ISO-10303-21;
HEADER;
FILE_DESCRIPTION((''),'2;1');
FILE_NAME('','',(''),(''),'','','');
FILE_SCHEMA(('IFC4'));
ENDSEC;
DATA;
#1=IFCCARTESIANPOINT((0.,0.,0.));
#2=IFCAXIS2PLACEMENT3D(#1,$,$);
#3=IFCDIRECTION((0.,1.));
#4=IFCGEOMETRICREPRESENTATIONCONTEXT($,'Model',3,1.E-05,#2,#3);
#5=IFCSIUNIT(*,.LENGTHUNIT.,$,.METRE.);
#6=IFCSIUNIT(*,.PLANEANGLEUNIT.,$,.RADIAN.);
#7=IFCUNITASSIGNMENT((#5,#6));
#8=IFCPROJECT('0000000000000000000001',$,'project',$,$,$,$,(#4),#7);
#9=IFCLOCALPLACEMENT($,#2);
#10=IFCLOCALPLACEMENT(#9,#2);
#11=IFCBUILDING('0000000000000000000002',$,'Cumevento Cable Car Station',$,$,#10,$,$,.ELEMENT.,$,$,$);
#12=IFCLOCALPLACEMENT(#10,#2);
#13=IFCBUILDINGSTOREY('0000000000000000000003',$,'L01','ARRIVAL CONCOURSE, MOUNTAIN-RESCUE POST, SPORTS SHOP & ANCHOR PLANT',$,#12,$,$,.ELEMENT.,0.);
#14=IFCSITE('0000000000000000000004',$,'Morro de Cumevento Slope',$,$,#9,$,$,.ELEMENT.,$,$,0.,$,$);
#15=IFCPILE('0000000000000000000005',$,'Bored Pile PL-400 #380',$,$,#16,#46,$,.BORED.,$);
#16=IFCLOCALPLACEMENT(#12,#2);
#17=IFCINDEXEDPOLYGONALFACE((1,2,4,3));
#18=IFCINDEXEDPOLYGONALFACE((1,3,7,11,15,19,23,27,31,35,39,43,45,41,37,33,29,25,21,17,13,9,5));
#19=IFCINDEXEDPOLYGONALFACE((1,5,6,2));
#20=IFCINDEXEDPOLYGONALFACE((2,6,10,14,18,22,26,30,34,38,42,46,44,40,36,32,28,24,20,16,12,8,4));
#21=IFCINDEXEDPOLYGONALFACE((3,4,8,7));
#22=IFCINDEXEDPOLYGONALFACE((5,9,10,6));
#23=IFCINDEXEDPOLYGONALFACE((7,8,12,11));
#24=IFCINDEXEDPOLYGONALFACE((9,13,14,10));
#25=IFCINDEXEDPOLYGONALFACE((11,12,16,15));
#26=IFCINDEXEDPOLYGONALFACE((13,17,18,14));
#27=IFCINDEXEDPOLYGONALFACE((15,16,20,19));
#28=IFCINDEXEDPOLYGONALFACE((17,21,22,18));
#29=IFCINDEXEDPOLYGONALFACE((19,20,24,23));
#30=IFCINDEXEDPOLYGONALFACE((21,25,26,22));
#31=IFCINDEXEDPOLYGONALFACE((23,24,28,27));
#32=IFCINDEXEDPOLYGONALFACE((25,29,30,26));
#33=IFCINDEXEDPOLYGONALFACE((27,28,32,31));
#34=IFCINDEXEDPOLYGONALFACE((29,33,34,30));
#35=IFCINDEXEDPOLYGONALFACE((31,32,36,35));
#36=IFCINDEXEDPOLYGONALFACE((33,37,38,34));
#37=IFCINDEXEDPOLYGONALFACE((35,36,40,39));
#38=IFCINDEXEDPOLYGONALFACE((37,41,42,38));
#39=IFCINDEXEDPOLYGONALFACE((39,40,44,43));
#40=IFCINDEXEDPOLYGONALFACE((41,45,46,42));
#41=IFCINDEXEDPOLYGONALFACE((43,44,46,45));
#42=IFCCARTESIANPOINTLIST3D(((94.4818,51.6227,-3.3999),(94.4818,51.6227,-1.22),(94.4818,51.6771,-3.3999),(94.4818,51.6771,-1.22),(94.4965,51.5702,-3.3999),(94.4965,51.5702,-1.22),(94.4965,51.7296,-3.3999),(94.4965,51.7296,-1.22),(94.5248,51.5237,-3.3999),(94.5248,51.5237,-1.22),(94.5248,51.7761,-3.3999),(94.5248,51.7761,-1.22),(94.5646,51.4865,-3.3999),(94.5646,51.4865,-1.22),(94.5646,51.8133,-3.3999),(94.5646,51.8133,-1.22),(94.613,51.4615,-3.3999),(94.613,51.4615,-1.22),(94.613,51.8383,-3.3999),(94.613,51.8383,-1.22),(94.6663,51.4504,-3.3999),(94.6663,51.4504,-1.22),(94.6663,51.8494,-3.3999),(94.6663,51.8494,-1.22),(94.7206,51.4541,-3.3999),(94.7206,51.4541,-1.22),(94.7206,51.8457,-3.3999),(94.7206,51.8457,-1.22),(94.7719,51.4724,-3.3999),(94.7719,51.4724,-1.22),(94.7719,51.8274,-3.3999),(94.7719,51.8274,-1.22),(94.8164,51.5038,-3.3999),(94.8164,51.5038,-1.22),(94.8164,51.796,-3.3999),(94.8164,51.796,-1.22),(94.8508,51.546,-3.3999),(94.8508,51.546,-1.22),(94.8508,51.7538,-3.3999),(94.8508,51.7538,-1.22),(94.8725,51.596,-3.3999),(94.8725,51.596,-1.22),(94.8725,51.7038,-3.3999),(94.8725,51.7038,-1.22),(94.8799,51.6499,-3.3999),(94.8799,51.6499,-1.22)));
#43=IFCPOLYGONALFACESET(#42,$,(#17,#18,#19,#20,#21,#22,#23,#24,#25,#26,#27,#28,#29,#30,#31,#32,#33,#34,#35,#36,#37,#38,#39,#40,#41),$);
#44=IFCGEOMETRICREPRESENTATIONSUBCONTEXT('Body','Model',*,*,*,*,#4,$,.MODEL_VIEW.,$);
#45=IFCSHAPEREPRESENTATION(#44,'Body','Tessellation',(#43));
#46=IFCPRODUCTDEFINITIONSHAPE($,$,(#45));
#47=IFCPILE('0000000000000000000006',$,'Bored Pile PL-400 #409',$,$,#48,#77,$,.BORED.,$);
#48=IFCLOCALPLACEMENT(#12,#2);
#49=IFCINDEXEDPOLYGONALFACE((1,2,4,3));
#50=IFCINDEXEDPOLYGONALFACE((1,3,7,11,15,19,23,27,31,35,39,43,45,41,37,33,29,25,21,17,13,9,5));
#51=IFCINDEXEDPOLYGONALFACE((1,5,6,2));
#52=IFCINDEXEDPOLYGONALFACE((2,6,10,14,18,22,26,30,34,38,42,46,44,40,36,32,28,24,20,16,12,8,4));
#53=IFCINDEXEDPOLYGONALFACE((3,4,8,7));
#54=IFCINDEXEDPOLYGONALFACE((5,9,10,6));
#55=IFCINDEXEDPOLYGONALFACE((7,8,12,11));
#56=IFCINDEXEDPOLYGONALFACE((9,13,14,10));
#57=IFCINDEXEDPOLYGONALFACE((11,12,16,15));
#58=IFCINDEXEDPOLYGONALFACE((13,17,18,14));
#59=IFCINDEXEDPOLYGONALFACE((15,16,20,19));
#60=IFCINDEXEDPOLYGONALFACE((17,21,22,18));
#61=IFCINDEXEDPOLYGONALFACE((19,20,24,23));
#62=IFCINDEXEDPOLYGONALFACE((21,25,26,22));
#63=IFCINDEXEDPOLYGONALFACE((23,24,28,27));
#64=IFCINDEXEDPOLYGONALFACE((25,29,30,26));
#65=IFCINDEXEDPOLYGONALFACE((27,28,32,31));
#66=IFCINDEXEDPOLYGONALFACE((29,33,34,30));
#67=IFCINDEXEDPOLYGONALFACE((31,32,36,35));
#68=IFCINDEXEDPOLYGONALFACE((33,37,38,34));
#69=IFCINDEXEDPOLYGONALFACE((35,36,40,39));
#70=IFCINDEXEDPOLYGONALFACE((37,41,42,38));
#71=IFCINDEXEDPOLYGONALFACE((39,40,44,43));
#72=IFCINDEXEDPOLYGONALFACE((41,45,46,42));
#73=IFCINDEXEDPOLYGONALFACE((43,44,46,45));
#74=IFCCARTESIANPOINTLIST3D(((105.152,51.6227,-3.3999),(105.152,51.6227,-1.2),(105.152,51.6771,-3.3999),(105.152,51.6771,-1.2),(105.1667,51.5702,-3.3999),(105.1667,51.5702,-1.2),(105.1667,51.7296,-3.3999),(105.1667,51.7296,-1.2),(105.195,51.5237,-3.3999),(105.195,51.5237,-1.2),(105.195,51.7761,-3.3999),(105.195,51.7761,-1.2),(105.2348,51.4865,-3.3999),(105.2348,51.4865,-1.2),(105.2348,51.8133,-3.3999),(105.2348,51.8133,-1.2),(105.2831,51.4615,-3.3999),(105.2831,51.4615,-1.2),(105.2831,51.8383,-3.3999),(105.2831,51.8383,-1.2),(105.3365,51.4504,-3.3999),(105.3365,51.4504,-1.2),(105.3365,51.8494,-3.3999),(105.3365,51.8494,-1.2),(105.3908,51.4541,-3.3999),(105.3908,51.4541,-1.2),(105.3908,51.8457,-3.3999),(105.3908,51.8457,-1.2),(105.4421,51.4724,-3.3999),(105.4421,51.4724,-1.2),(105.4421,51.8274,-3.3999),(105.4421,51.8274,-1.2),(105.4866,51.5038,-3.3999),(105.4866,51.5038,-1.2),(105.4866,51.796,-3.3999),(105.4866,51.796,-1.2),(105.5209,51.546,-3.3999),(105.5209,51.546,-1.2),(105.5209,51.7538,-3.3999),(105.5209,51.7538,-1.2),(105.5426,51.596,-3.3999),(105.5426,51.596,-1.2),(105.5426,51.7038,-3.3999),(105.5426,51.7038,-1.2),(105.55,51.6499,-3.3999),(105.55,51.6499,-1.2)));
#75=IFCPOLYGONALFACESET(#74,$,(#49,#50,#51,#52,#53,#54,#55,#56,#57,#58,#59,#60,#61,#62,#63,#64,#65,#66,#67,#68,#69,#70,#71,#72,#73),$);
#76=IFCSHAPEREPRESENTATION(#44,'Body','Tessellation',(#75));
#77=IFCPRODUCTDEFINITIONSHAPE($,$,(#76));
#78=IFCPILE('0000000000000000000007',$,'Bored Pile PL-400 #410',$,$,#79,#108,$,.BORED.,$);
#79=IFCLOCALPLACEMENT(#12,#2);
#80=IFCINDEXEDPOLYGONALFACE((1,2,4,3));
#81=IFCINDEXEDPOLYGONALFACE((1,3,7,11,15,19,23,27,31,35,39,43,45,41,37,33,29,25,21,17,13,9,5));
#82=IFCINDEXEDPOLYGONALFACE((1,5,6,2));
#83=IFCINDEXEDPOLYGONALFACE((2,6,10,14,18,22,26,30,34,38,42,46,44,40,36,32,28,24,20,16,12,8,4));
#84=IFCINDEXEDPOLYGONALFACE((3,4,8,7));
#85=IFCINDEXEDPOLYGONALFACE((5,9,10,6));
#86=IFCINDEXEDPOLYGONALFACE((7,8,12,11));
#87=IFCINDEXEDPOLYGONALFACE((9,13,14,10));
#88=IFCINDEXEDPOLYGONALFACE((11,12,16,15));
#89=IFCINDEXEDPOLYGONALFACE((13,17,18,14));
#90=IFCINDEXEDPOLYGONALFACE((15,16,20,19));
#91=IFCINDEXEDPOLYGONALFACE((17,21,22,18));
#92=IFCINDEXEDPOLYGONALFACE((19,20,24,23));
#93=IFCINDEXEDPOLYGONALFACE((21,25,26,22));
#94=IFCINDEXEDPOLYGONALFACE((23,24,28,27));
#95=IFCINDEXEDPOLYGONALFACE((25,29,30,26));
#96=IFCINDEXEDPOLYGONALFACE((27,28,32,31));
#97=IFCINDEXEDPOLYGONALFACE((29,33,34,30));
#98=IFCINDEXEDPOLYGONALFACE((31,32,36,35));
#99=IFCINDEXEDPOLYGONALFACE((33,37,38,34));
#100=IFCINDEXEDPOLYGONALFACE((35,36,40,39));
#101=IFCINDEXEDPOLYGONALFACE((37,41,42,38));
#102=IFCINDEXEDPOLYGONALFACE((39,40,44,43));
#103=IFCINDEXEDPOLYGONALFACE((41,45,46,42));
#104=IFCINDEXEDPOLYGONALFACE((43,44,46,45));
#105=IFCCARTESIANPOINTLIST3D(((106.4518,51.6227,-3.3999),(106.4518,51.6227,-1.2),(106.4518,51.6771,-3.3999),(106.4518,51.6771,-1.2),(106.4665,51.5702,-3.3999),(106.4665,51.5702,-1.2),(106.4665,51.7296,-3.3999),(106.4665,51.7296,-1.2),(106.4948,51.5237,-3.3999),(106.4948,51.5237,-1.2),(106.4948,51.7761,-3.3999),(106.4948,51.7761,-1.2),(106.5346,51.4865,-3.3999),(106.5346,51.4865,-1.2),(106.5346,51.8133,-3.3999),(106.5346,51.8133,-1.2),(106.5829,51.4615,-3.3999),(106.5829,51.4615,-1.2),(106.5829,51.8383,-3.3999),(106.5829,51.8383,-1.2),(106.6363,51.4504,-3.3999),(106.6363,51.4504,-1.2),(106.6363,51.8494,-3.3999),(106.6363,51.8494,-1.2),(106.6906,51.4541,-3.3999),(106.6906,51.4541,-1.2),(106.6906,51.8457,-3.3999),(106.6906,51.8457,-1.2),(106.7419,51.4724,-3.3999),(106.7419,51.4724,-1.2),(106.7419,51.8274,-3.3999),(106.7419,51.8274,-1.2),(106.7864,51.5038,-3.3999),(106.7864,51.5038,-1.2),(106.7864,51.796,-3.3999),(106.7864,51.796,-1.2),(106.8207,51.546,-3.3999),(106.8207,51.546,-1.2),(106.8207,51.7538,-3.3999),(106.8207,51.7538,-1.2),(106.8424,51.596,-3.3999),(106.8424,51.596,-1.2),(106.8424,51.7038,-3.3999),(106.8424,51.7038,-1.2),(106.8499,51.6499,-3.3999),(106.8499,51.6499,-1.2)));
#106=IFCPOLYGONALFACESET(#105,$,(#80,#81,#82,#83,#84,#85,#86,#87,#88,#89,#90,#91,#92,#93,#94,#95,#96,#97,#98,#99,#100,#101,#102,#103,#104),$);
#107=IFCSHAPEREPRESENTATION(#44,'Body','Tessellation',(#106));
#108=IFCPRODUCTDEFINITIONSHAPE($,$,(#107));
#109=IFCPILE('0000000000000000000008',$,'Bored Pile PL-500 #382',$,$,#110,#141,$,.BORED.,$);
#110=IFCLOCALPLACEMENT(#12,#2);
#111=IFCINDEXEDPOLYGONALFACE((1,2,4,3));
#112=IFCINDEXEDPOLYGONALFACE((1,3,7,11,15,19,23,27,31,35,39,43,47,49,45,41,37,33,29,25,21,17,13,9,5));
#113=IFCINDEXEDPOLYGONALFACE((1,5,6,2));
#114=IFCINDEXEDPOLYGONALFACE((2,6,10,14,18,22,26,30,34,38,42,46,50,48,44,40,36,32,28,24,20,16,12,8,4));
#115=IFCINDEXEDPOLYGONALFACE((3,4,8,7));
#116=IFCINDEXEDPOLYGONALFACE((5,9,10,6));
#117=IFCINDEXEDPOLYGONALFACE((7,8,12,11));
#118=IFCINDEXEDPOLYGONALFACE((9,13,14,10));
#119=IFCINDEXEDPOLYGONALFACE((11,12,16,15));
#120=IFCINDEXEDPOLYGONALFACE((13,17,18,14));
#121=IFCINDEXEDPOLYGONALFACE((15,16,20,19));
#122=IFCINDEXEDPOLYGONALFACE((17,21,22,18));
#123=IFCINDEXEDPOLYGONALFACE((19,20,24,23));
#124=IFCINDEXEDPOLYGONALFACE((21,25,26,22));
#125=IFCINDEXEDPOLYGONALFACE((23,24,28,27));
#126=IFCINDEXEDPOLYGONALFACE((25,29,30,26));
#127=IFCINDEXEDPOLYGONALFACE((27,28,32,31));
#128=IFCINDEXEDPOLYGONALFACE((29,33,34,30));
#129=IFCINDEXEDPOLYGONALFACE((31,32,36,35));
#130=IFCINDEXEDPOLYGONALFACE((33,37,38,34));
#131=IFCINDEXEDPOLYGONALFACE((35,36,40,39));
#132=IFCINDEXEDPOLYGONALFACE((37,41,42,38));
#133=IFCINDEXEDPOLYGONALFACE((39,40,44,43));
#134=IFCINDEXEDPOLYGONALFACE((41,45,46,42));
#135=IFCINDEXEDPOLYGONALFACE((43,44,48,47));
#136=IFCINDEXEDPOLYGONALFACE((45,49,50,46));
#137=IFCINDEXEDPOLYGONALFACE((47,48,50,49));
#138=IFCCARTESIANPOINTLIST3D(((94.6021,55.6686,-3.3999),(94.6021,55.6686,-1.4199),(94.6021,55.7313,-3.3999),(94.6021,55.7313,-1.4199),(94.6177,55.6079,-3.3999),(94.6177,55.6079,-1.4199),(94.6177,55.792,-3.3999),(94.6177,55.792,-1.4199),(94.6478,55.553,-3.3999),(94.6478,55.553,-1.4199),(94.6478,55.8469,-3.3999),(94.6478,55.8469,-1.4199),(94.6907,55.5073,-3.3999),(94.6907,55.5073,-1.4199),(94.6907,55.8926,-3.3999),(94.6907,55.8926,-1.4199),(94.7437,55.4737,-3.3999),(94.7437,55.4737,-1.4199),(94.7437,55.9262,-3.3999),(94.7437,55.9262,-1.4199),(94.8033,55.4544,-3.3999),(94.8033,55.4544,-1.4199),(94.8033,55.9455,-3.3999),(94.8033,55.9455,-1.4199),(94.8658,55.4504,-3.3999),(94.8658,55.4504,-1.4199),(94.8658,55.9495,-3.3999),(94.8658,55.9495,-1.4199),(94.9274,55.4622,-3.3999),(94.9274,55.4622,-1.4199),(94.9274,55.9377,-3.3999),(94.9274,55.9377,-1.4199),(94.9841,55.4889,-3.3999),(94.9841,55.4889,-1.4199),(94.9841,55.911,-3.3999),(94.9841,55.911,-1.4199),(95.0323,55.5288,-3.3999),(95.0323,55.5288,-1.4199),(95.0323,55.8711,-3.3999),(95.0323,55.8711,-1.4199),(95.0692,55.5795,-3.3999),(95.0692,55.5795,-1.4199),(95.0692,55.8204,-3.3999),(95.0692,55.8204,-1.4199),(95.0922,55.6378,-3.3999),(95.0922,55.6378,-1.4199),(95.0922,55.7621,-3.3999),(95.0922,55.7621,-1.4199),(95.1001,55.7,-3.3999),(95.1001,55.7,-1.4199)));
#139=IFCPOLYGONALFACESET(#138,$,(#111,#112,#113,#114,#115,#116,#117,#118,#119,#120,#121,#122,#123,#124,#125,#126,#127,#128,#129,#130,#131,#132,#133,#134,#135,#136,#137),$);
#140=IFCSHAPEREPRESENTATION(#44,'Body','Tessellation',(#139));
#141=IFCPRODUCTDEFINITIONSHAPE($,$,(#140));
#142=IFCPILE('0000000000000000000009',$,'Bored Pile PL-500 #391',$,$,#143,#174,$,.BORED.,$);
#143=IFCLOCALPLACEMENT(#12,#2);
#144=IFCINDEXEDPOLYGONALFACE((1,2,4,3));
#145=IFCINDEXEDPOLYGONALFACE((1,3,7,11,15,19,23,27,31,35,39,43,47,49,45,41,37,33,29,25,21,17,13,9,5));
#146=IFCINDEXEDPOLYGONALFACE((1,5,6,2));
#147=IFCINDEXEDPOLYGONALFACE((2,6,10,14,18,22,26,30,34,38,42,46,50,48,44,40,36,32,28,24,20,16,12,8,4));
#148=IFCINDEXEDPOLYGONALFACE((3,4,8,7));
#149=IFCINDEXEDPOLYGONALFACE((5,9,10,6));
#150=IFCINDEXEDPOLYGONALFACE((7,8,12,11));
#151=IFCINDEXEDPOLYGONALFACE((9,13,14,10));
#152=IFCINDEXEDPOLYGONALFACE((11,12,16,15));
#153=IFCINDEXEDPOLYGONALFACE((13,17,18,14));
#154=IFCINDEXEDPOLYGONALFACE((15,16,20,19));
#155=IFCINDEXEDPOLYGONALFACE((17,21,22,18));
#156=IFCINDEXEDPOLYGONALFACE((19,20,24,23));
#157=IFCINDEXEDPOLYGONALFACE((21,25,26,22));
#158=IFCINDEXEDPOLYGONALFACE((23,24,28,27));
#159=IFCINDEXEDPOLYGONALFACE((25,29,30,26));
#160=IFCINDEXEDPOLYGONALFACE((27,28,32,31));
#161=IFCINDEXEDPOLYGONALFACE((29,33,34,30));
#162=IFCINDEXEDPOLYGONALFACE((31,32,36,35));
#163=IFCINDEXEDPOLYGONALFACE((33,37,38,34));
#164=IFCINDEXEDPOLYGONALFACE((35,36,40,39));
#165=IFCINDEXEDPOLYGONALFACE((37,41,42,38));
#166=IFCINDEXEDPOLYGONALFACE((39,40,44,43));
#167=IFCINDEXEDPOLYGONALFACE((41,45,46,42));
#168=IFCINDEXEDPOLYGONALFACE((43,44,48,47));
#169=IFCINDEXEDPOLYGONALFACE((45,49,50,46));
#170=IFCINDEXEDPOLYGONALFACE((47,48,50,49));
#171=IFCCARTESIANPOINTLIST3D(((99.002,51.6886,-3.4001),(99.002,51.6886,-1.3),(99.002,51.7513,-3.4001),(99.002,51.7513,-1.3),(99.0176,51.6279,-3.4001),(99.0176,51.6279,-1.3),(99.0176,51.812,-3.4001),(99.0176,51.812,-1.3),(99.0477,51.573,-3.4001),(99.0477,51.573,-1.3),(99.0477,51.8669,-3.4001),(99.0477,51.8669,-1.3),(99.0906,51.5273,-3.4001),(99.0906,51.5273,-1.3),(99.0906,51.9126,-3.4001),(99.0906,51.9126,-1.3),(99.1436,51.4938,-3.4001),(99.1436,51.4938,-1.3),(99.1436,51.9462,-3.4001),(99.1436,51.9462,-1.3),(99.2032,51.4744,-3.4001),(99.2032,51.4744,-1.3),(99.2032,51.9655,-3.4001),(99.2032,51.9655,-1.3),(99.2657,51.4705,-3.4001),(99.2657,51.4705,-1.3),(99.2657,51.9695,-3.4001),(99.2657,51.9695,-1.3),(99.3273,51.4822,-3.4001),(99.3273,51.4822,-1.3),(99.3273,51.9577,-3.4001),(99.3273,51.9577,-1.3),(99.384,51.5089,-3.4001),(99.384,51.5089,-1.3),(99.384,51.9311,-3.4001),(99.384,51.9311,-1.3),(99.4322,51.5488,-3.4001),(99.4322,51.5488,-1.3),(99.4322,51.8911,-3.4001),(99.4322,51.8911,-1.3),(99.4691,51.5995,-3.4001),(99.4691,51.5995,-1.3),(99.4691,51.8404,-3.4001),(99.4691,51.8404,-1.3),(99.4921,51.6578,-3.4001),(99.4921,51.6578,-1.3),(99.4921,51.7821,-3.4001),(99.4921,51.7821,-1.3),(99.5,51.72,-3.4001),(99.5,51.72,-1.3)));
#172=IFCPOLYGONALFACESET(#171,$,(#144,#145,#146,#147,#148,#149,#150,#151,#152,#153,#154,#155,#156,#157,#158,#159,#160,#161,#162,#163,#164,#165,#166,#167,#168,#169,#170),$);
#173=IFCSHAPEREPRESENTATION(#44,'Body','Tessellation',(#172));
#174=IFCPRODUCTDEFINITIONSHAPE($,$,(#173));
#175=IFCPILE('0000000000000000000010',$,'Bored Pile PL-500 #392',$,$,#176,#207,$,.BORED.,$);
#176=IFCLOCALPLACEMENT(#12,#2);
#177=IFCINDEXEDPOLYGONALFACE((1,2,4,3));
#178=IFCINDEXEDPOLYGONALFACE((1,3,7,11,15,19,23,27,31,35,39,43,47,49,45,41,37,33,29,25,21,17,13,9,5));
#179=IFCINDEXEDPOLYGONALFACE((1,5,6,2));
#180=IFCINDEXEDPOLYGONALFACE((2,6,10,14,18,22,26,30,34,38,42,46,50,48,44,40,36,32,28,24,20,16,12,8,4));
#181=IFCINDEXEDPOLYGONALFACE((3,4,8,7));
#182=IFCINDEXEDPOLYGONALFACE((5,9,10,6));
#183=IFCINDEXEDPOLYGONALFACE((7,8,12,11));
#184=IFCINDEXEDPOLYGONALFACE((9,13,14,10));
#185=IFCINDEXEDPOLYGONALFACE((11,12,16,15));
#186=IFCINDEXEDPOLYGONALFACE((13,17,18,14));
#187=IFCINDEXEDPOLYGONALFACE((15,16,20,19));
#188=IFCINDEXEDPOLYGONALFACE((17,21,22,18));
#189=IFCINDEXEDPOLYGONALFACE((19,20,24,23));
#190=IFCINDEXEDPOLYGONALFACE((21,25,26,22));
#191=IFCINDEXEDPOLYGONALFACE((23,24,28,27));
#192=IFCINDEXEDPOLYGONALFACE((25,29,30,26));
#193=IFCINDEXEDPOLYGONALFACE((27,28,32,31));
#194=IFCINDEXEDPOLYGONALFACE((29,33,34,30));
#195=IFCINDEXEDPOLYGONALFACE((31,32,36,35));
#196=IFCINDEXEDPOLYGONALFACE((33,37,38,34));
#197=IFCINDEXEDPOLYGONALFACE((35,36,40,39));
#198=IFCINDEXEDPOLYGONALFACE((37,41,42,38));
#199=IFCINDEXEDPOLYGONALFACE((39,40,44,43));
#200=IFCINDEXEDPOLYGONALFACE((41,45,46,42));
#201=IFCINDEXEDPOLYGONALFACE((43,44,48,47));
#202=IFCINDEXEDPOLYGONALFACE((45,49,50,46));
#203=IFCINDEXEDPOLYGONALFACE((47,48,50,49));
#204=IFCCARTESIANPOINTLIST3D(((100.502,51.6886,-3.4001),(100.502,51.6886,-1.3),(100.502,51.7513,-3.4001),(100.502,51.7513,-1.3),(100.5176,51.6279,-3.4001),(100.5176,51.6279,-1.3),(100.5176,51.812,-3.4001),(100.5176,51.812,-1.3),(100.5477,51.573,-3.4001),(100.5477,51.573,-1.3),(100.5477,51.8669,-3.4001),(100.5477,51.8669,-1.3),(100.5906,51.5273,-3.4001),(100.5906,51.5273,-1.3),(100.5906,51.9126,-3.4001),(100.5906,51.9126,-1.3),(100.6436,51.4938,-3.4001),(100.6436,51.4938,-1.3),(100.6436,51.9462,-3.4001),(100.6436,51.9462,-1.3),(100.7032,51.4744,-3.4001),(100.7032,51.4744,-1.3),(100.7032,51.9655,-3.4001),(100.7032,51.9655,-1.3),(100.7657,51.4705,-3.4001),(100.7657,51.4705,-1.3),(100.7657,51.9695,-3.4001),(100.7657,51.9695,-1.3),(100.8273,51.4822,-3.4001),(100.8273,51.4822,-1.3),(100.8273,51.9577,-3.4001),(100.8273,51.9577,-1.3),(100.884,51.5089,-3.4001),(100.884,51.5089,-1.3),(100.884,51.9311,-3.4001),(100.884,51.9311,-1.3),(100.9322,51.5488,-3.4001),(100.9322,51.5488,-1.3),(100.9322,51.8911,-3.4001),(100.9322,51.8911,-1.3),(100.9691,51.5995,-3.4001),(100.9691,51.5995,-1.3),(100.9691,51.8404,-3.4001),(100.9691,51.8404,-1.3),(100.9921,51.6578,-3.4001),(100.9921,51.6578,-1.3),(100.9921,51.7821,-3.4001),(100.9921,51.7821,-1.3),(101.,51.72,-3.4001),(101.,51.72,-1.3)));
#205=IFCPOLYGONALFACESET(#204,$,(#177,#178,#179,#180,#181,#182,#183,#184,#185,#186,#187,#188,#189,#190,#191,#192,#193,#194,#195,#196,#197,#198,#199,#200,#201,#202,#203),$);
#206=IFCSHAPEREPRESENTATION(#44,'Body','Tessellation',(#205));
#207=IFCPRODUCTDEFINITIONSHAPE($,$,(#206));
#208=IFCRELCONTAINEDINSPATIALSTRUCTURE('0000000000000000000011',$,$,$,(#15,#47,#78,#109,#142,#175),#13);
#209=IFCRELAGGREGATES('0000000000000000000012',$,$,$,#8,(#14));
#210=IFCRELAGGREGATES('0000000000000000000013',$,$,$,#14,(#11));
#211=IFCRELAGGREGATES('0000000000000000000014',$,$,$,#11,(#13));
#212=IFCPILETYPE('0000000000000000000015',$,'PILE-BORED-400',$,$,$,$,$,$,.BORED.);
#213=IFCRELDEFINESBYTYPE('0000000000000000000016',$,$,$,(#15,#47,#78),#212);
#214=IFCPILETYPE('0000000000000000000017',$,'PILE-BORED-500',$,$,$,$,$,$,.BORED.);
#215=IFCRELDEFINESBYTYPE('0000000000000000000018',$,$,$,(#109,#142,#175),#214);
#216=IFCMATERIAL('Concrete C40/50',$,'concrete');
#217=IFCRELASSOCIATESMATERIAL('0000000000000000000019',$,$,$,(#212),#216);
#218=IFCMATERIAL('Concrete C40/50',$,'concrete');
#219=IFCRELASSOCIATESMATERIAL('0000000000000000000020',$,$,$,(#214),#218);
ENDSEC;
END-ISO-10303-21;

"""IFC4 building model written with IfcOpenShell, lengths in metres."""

from ifc_helpers import new_model, si_unit, direction, frame, origin, origin_2d, place, context, subcontext, project, spatial, circle, extrude, material, material_profile, profile_set, type_object, element, save


model = new_model("IFC4")

# Units and contexts
model_context = context("Model", 3, precision=1e-05, world=origin(), true_north=direction((0.0, 1.0)))
body_context = subcontext(model_context, "Body", "Model", "MODEL_VIEW")
ifc_project = project(units=[si_unit("LENGTHUNIT", "METRE"), si_unit("PLANEANGLEUNIT", "RADIAN")], contexts=[model_context])

# Site, building, storey
site_placement = place(None, origin())
site = spatial("IfcSite", under=ifc_project, at=site_placement, Name="Morro de Cumevento Slope", CompositionType="ELEMENT", RefElevation=0.0)
building_placement = place(site_placement, origin())
building = spatial("IfcBuilding", under=site, at=building_placement, Name="Cumevento Cable Car Station", CompositionType="ELEMENT")
storey_placement = place(building_placement, origin())
storey = spatial("IfcBuildingStorey", under=building, at=storey_placement, Name="L01", Description="ARRIVAL CONCOURSE, MOUNTAIN-RESCUE POST, SPORTS SHOP & ANCHOR PLANT", CompositionType="ELEMENT", Elevation=0.0)

# Piles
ifc_material_1 = material(Name="Concrete C40/50", Category="concrete")
ifc_material_profile_1 = material_profile(ifc_material_1, circle(Radius=0.2, at=origin_2d()), Name="PILE-D400")
ifc_profile_set_1 = profile_set([ifc_material_profile_1], Name="Concrete C40/50")
pile_type_1 = type_object("IfcPileType", Name="PILE-BORED-400", PredefinedType="BORED", material=ifc_profile_set_1)
pile_1_placement = place(storey_placement, frame((94.6799, 51.6499, -1.22), z_axis=(0.0, 0.0, -1.0), x_axis=(1.0, 0.0, 0.0)))
element("IfcPile", 1, at=pile_1_placement, inside=storey, type_object=pile_type_1, Name="Bored Pile PL-400 #380", PredefinedType="BORED", context=body_context, shape_type="SweptSolid", body=[
    extrude(circle(Radius=0.2, at=origin_2d()), origin(), (0.0, 0.0, 1.0), 2.1799),
])
for number, where, z_axis, x_axis, name in (
    (2, (105.3501, 51.6499, -1.2), (0.0, 0.0, -1.0), (1.0, 0.0, 0.0), "Bored Pile PL-400 #409"),
    (3, (106.6499, 51.6499, -1.2), (0.0, 0.0, -1.0), (1.0, 0.0, 0.0), "Bored Pile PL-400 #410"),
):
    element("IfcPile", number, at=place(storey_placement, frame(where, z_axis=z_axis, x_axis=x_axis)), inside=storey, type_object=pile_type_1, Name=name, PredefinedType="BORED", context=body_context, shape_type="SweptSolid", body=[
        extrude(circle(Radius=0.2, at=origin_2d()), origin(), (0.0, 0.0, 1.0), 2.2),
    ])
ifc_material_2 = material(Name="Concrete C40/50", Category="concrete")
ifc_material_profile_2 = material_profile(ifc_material_2, circle(Radius=0.25, at=origin_2d()), Name="PILE-D500")
ifc_profile_set_2 = profile_set([ifc_material_profile_2], Name="Concrete C40/50")
pile_type_2 = type_object("IfcPileType", Name="PILE-BORED-500", PredefinedType="BORED", material=ifc_profile_set_2)
pile_2_placement = place(storey_placement, frame((94.8501, 55.7, -1.4199), z_axis=(0.0, 0.0, -1.0), x_axis=(1.0, 0.0, 0.0)))
element("IfcPile", 4, at=pile_2_placement, inside=storey, type_object=pile_type_2, Name="Bored Pile PL-500 #382", PredefinedType="BORED", context=body_context, shape_type="SweptSolid", body=[
    extrude(circle(Radius=0.25, at=origin_2d()), origin(), (0.0, 0.0, 1.0), 1.98),
])
for number, where, z_axis, x_axis, name in (
    (5, (99.25, 51.72, -1.3), (0.0, 0.0, -1.0), (1.0, 0.0, 0.0), "Bored Pile PL-500 #391"),
    (6, (100.75, 51.72, -1.3), (0.0, 0.0, -1.0), (1.0, 0.0, 0.0), "Bored Pile PL-500 #392"),
):
    element("IfcPile", number, at=place(storey_placement, frame(where, z_axis=z_axis, x_axis=x_axis)), inside=storey, type_object=pile_type_2, Name=name, PredefinedType="BORED", context=body_context, shape_type="SweptSolid", body=[
        extrude(circle(Radius=0.25, at=origin_2d()), origin(), (0.0, 0.0, 1.0), 2.1001),
    ])

save(model, "model.ifc")
